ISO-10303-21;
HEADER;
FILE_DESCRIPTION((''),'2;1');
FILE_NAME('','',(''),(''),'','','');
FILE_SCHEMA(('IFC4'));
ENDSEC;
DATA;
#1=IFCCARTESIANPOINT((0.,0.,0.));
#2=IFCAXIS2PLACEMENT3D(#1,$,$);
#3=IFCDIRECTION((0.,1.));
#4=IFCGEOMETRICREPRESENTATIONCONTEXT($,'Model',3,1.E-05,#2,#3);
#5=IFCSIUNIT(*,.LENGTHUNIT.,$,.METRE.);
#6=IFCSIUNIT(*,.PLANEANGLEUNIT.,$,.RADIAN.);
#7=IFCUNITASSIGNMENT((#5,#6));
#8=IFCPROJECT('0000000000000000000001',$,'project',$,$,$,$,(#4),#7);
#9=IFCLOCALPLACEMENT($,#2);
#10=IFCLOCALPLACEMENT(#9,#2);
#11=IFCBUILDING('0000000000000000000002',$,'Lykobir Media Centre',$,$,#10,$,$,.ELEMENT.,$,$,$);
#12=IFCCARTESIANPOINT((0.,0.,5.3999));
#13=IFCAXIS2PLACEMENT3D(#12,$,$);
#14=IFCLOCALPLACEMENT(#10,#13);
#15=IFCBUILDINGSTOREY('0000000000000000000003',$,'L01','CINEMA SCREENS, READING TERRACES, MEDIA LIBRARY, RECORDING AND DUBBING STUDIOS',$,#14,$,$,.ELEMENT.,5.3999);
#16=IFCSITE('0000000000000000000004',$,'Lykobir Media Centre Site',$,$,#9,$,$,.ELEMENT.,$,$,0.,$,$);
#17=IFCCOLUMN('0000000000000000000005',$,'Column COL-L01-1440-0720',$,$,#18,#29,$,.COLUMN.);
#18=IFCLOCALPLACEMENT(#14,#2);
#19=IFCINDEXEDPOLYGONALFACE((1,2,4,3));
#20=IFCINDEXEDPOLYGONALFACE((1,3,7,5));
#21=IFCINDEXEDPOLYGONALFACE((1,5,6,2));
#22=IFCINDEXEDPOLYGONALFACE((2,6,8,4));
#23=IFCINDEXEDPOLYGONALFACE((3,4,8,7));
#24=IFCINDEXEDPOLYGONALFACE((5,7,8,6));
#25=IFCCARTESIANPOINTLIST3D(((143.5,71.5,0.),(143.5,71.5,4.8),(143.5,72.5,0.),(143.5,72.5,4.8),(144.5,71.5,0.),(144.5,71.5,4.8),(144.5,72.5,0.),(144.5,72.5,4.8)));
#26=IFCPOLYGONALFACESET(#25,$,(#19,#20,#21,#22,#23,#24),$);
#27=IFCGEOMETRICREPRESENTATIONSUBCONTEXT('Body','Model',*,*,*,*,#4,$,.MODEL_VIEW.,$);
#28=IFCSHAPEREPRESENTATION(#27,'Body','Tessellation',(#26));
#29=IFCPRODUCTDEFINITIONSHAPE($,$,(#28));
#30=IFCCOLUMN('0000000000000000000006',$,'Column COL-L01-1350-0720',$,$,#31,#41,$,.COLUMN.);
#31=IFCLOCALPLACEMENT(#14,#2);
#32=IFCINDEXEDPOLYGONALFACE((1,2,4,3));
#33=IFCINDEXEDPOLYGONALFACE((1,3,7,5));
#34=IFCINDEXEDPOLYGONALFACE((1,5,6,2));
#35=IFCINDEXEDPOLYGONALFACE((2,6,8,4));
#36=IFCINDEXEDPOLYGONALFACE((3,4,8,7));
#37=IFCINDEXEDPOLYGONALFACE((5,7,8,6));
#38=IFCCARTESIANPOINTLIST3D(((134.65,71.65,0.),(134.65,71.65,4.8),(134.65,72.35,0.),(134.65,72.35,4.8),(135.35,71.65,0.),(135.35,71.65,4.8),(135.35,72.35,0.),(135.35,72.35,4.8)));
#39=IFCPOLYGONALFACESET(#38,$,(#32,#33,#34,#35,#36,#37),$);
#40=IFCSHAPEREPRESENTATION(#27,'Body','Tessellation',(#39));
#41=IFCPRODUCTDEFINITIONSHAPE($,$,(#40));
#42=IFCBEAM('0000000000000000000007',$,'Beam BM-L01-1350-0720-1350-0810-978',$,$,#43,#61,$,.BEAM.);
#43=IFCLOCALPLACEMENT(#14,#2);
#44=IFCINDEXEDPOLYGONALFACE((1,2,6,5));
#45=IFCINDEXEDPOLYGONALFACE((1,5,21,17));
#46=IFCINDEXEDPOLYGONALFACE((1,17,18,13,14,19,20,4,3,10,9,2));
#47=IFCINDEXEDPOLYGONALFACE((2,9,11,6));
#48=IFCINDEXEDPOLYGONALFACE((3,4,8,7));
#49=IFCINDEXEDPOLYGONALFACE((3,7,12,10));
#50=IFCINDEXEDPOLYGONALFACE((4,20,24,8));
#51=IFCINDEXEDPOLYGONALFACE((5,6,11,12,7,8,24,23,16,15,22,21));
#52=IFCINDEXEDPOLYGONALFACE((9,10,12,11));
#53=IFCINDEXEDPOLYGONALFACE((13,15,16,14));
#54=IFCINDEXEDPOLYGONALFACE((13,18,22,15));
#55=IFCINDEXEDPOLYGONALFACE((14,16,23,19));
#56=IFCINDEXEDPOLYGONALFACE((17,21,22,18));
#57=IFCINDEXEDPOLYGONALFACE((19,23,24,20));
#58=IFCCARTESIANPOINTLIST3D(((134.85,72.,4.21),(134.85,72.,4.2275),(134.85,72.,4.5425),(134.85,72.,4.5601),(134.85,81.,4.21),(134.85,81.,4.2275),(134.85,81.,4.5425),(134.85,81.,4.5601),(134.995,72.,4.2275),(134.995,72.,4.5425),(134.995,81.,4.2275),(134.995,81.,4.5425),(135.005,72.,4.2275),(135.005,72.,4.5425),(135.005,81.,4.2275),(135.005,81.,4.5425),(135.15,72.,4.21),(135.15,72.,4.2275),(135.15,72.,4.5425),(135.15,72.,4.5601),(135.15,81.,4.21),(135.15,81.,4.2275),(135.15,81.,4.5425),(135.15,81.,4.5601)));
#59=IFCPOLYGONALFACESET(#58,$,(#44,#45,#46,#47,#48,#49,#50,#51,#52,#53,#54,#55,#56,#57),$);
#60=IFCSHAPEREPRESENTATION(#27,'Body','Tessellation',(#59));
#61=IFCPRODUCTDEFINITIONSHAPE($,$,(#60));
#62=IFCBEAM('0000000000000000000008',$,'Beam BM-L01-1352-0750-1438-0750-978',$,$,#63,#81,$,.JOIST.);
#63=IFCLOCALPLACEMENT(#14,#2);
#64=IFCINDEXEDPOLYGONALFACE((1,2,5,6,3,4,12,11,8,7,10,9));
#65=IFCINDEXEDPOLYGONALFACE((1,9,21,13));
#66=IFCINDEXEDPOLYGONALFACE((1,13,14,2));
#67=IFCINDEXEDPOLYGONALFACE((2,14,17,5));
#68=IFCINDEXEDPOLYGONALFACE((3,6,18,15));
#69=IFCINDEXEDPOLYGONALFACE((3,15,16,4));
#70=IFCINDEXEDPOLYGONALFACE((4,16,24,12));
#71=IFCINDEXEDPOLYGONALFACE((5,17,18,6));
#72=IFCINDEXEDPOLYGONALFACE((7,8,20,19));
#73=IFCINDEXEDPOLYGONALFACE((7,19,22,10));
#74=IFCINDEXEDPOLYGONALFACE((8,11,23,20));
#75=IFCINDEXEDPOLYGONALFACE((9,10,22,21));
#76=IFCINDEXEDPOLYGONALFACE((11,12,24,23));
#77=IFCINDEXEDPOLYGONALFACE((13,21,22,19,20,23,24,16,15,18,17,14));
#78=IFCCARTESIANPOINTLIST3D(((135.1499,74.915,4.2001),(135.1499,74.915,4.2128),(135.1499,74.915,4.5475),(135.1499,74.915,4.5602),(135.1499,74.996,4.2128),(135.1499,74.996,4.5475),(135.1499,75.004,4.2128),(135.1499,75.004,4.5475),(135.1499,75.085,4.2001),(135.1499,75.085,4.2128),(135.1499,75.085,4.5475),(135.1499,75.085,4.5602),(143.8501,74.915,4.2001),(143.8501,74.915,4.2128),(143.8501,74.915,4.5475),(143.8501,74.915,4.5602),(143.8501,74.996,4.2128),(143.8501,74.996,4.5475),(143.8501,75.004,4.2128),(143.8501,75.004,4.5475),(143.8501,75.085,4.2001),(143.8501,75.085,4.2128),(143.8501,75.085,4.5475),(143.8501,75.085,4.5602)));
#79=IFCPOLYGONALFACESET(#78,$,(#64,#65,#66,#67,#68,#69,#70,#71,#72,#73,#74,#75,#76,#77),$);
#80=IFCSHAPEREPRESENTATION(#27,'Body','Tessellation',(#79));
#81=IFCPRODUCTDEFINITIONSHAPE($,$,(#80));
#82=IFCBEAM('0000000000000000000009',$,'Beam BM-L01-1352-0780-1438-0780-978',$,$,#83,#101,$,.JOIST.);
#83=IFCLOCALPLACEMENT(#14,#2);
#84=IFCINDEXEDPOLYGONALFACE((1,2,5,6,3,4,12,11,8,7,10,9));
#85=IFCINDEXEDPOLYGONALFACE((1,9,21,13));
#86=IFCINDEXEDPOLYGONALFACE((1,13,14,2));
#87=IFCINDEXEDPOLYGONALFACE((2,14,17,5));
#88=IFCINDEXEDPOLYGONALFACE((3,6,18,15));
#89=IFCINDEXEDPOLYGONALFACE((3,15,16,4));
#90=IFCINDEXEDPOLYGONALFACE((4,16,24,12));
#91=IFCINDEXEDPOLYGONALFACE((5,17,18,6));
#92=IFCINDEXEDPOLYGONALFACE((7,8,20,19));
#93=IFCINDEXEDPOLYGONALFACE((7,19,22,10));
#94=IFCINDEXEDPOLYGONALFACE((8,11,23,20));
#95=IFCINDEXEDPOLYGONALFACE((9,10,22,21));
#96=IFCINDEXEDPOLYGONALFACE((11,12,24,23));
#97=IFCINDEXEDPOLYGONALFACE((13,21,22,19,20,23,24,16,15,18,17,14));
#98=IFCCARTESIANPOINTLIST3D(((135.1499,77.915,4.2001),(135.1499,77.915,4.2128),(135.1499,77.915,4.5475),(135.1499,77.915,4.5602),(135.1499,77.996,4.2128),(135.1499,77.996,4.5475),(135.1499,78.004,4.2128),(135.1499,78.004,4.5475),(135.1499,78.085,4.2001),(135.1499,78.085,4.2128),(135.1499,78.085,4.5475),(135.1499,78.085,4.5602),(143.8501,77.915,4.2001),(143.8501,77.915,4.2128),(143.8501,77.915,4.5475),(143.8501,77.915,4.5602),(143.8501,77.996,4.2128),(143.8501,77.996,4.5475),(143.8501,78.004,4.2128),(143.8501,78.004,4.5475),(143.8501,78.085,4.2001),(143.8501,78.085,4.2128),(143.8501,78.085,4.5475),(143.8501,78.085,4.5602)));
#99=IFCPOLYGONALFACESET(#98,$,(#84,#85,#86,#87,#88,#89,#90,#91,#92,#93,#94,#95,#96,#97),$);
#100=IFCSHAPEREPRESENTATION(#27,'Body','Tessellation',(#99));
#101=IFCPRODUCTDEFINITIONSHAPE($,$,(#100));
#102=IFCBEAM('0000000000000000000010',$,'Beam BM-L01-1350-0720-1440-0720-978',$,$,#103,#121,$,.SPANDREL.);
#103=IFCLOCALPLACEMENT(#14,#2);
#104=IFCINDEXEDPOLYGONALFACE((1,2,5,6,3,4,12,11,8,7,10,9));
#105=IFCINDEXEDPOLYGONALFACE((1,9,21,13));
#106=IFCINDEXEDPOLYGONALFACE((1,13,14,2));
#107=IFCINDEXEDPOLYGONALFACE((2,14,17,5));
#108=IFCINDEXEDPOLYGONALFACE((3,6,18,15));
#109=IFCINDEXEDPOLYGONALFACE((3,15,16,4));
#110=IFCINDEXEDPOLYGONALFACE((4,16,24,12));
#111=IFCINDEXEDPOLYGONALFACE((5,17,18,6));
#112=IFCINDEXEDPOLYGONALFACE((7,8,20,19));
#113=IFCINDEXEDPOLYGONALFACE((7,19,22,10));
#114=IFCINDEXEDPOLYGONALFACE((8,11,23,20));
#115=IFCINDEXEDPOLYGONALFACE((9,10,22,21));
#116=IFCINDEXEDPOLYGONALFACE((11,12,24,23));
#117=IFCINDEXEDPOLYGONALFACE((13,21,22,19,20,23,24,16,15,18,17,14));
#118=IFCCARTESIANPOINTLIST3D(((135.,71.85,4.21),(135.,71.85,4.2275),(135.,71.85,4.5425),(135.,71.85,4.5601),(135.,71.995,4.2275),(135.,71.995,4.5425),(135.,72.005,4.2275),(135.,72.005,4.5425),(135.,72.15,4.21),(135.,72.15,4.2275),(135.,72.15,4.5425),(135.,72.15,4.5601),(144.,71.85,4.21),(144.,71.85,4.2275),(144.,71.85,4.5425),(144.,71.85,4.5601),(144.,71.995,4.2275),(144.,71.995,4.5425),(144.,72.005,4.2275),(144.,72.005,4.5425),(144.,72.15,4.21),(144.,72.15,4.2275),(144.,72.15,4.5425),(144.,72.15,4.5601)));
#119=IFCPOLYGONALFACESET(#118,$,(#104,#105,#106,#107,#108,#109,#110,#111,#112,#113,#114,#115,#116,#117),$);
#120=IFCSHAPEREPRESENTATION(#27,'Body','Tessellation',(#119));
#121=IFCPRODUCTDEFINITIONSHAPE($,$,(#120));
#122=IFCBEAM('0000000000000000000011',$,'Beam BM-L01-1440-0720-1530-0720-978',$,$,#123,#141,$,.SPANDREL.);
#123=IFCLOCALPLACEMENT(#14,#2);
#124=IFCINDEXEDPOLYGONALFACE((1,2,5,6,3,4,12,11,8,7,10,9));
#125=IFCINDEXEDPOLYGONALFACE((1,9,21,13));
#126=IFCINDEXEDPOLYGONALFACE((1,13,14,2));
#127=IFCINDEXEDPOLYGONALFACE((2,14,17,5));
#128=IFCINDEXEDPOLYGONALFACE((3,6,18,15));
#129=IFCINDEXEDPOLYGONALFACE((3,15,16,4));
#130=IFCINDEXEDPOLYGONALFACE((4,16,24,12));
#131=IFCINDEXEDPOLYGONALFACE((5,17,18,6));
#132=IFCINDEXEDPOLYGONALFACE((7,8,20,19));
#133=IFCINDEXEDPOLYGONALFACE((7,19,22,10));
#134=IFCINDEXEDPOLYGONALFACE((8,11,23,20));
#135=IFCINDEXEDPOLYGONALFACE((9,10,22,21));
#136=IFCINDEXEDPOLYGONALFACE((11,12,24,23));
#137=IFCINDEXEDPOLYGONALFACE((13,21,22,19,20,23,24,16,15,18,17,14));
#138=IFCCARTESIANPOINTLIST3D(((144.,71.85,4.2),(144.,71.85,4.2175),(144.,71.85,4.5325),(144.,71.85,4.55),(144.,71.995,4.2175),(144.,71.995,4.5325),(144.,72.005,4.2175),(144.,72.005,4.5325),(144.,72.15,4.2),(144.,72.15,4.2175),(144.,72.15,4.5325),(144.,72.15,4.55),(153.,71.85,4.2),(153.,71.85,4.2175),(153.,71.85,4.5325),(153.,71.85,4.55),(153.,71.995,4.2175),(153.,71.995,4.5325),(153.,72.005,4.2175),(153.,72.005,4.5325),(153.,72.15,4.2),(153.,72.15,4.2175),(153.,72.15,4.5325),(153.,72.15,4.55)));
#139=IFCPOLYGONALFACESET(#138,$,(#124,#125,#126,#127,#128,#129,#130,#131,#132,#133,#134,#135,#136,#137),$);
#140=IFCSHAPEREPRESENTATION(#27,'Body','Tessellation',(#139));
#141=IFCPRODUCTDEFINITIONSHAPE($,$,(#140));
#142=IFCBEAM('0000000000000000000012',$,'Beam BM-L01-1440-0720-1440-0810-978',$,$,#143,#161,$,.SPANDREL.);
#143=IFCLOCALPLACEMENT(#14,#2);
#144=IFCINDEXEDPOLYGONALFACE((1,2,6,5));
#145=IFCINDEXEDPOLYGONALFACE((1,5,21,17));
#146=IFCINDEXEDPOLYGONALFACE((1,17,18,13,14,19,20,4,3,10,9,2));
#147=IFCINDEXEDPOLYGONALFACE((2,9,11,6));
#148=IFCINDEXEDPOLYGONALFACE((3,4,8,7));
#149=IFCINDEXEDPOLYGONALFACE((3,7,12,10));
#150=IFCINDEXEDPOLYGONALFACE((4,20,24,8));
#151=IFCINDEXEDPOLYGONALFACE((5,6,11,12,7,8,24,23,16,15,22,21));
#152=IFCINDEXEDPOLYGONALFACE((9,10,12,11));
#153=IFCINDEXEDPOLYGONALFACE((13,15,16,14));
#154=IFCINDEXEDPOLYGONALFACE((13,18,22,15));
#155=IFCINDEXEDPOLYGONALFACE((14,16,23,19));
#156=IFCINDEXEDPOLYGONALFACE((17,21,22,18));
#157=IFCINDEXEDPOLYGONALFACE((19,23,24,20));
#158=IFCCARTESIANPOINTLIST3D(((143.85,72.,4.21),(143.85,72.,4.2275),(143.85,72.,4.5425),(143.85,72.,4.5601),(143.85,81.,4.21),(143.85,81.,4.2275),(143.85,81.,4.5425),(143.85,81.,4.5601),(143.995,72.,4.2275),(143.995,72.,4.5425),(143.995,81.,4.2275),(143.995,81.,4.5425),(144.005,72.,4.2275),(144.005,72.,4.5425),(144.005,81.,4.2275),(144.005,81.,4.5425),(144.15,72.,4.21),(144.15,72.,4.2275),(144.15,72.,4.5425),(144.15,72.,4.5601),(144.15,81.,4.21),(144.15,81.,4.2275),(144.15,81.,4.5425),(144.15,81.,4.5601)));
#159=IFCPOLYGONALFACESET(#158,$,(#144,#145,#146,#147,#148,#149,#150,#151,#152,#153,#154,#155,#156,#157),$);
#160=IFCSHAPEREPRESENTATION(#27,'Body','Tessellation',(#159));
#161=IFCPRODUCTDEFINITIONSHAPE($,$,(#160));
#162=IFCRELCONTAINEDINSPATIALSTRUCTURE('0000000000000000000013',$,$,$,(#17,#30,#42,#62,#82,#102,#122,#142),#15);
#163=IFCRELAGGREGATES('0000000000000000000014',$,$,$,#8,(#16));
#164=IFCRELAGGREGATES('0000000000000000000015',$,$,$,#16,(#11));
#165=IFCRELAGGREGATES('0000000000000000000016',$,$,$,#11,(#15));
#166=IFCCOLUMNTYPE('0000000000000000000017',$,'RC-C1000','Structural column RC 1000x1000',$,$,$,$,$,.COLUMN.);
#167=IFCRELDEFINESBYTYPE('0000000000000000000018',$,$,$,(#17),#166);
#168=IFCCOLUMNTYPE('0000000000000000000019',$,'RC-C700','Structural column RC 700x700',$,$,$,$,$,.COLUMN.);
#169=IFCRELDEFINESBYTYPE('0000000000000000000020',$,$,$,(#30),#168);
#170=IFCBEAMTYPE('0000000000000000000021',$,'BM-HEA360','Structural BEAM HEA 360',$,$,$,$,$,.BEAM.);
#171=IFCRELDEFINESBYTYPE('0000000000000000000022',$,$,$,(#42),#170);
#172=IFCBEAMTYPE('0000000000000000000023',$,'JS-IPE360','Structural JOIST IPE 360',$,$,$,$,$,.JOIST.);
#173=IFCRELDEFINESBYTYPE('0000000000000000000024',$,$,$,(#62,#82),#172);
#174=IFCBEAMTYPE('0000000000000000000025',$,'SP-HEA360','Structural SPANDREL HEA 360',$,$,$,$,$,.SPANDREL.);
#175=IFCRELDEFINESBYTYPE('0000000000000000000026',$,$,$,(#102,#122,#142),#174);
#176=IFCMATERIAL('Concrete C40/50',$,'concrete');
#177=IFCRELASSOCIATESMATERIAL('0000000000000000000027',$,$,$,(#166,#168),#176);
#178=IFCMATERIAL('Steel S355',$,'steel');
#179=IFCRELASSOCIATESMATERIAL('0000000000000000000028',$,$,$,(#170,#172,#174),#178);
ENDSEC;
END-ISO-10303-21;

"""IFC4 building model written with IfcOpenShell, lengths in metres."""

from ifc_helpers import new_model, si_unit, direction, frame, origin, origin_2d, place, context, subcontext, project, spatial, rectangle, i_section, extrude, material, material_profile, profile_set, type_object, element, save


model = new_model("IFC4")

# Units and contexts
model_context = context("Model", 3, precision=1e-05, world=origin(), true_north=direction((0.0, 1.0)))
body_context = subcontext(model_context, "Body", "Model", "MODEL_VIEW")
ifc_project = project(units=[si_unit("LENGTHUNIT", "METRE"), si_unit("PLANEANGLEUNIT", "RADIAN")], contexts=[model_context])

# Site, building, storey
site_placement = place(None, origin())
site = spatial("IfcSite", under=ifc_project, at=site_placement, Name="Lykobir Media Centre Site", CompositionType="ELEMENT", RefElevation=0.0)
building_placement = place(site_placement, origin())
building = spatial("IfcBuilding", under=site, at=building_placement, Name="Lykobir Media Centre", CompositionType="ELEMENT")
storey_placement = place(building_placement, frame((0.0, 0.0, 5.3999)))
storey = spatial("IfcBuildingStorey", under=building, at=storey_placement, Name="L01", Description="CINEMA SCREENS, READING TERRACES, MEDIA LIBRARY, RECORDING AND DUBBING STUDIOS", CompositionType="ELEMENT", Elevation=5.3999)

# Columns
ifc_material_1 = material(Name="Concrete C40/50", Category="concrete")
ifc_material_profile_1 = material_profile(ifc_material_1, rectangle(XDim=1.0, YDim=1.0, at=origin_2d()), Name="RC 1000x1000")
ifc_profile_set_1 = profile_set([ifc_material_profile_1], Name="Concrete C40/50")
column_type_1 = type_object("IfcColumnType", Name="RC-C1000", Description="Structural column RC 1000x1000", PredefinedType="COLUMN", material=ifc_profile_set_1)
column_1_placement = place(storey_placement, frame((144.0, 72.0, 0.0), z_axis=(0.0, 0.0, 1.0), x_axis=(1.0, 0.0, 0.0)))
element("IfcColumn", 1, at=column_1_placement, inside=storey, type_object=column_type_1, Name="Column COL-L01-1440-0720", PredefinedType="COLUMN", context=body_context, shape_type="SweptSolid", body=[
    extrude(rectangle(XDim=1.0, YDim=1.0, at=origin_2d()), origin(), (0.0, 0.0, 1.0), 4.8),
])
ifc_material_profile_2 = material_profile(ifc_material_1, rectangle(XDim=0.7, YDim=0.7, at=origin_2d()), Name="RC 700x700")
ifc_profile_set_2 = profile_set([ifc_material_profile_2], Name="Concrete C40/50")
column_type_2 = type_object("IfcColumnType", Name="RC-C700", Description="Structural column RC 700x700", PredefinedType="COLUMN", material=ifc_profile_set_2)
column_2_placement = place(storey_placement, frame((135.0, 72.0, 0.0), z_axis=(0.0, 0.0, 1.0), x_axis=(1.0, 0.0, 0.0)))
element("IfcColumn", 2, at=column_2_placement, inside=storey, type_object=column_type_2, Name="Column COL-L01-1350-0720", PredefinedType="COLUMN", context=body_context, shape_type="SweptSolid", body=[
    extrude(rectangle(XDim=0.7, YDim=0.7, at=origin_2d()), origin(), (0.0, 0.0, 1.0), 4.8),
])

# Beams
ifc_material_2 = material(Name="Steel S355", Category="steel")
ifc_material_profile_3 = material_profile(ifc_material_2, i_section(OverallWidth=0.3, OverallDepth=0.3501, WebThickness=0.01, FlangeThickness=0.0176, at=origin_2d()), Name="HEA 360")
ifc_profile_set_3 = profile_set([ifc_material_profile_3], Name="Steel S355")
beam_type_1 = type_object("IfcBeamType", Name="BM-HEA360", Description="Structural BEAM HEA 360", PredefinedType="BEAM", material=ifc_profile_set_3)
beam_placement = place(storey_placement, frame((135.0, 72.0, 4.385), z_axis=(0.0, 1.0, 0.0), x_axis=(-1.0, 0.0, 0.0)))
element("IfcBeam", 3, at=beam_placement, inside=storey, type_object=beam_type_1, Name="Beam BM-L01-1350-0720-1350-0810-978", PredefinedType="BEAM", context=body_context, shape_type="SweptSolid", body=[
    extrude(i_section(OverallWidth=0.3, OverallDepth=0.3501, WebThickness=0.01, FlangeThickness=0.0176, at=origin_2d()), origin(), (0.0, 0.0, 1.0), 9.0),
])
ifc_material_profile_4 = material_profile(ifc_material_2, i_section(OverallWidth=0.1699, OverallDepth=0.3601, WebThickness=0.0081, FlangeThickness=0.0127, at=origin_2d()), Name="IPE 360")
ifc_profile_set_4 = profile_set([ifc_material_profile_4], Name="Steel S355")
beam_type_2 = type_object("IfcBeamType", Name="JS-IPE360", Description="Structural JOIST IPE 360", PredefinedType="JOIST", material=ifc_profile_set_4)
for number, where, z_axis, x_axis, name in (
    (4, (135.1499, 75.0, 4.3801), (1.0, 0.0, 0.0), (0.0, 1.0, 0.0), "Beam BM-L01-1352-0750-1438-0750-978"),
    (5, (135.1499, 78.0, 4.3801), (1.0, 0.0, 0.0), (0.0, 1.0, 0.0), "Beam BM-L01-1352-0780-1438-0780-978"),
):
    element("IfcBeam", number, at=place(storey_placement, frame(where, z_axis=z_axis, x_axis=x_axis)), inside=storey, type_object=beam_type_2, Name=name, PredefinedType="JOIST", context=body_context, shape_type="SweptSolid", body=[
        extrude(i_section(OverallWidth=0.1699, OverallDepth=0.3601, WebThickness=0.0081, FlangeThickness=0.0127, at=origin_2d()), origin(), (0.0, 0.0, 1.0), 8.7002),
    ])
ifc_material_profile_5 = material_profile(ifc_material_2, i_section(OverallWidth=0.3, OverallDepth=0.3501, WebThickness=0.01, FlangeThickness=0.0176, at=origin_2d()), Name="HEA 360")
ifc_profile_set_5 = profile_set([ifc_material_profile_5], Name="Steel S355")
beam_type_3 = type_object("IfcBeamType", Name="SP-HEA360", Description="Structural SPANDREL HEA 360", PredefinedType="SPANDREL", material=ifc_profile_set_5)
for number, where, z_axis, x_axis, name in (
    (6, (135.0, 72.0, 4.385), (1.0, 0.0, 0.0), (0.0, 1.0, 0.0), "Beam BM-L01-1350-0720-1440-0720-978"),
    (7, (144.0, 72.0, 4.375), (1.0, 0.0, 0.0), (0.0, 1.0, 0.0), "Beam BM-L01-1440-0720-1530-0720-978"),
    (8, (144.0, 72.0, 4.385), (0.0, 1.0, 0.0), (-1.0, 0.0, 0.0), "Beam BM-L01-1440-0720-1440-0810-978"),
):
    element("IfcBeam", number, at=place(storey_placement, frame(where, z_axis=z_axis, x_axis=x_axis)), inside=storey, type_object=beam_type_3, Name=name, PredefinedType="SPANDREL", context=body_context, shape_type="SweptSolid", body=[
        extrude(i_section(OverallWidth=0.3, OverallDepth=0.3501, WebThickness=0.01, FlangeThickness=0.0176, at=origin_2d()), origin(), (0.0, 0.0, 1.0), 9.0),
    ])

save(model, "model.ifc")
